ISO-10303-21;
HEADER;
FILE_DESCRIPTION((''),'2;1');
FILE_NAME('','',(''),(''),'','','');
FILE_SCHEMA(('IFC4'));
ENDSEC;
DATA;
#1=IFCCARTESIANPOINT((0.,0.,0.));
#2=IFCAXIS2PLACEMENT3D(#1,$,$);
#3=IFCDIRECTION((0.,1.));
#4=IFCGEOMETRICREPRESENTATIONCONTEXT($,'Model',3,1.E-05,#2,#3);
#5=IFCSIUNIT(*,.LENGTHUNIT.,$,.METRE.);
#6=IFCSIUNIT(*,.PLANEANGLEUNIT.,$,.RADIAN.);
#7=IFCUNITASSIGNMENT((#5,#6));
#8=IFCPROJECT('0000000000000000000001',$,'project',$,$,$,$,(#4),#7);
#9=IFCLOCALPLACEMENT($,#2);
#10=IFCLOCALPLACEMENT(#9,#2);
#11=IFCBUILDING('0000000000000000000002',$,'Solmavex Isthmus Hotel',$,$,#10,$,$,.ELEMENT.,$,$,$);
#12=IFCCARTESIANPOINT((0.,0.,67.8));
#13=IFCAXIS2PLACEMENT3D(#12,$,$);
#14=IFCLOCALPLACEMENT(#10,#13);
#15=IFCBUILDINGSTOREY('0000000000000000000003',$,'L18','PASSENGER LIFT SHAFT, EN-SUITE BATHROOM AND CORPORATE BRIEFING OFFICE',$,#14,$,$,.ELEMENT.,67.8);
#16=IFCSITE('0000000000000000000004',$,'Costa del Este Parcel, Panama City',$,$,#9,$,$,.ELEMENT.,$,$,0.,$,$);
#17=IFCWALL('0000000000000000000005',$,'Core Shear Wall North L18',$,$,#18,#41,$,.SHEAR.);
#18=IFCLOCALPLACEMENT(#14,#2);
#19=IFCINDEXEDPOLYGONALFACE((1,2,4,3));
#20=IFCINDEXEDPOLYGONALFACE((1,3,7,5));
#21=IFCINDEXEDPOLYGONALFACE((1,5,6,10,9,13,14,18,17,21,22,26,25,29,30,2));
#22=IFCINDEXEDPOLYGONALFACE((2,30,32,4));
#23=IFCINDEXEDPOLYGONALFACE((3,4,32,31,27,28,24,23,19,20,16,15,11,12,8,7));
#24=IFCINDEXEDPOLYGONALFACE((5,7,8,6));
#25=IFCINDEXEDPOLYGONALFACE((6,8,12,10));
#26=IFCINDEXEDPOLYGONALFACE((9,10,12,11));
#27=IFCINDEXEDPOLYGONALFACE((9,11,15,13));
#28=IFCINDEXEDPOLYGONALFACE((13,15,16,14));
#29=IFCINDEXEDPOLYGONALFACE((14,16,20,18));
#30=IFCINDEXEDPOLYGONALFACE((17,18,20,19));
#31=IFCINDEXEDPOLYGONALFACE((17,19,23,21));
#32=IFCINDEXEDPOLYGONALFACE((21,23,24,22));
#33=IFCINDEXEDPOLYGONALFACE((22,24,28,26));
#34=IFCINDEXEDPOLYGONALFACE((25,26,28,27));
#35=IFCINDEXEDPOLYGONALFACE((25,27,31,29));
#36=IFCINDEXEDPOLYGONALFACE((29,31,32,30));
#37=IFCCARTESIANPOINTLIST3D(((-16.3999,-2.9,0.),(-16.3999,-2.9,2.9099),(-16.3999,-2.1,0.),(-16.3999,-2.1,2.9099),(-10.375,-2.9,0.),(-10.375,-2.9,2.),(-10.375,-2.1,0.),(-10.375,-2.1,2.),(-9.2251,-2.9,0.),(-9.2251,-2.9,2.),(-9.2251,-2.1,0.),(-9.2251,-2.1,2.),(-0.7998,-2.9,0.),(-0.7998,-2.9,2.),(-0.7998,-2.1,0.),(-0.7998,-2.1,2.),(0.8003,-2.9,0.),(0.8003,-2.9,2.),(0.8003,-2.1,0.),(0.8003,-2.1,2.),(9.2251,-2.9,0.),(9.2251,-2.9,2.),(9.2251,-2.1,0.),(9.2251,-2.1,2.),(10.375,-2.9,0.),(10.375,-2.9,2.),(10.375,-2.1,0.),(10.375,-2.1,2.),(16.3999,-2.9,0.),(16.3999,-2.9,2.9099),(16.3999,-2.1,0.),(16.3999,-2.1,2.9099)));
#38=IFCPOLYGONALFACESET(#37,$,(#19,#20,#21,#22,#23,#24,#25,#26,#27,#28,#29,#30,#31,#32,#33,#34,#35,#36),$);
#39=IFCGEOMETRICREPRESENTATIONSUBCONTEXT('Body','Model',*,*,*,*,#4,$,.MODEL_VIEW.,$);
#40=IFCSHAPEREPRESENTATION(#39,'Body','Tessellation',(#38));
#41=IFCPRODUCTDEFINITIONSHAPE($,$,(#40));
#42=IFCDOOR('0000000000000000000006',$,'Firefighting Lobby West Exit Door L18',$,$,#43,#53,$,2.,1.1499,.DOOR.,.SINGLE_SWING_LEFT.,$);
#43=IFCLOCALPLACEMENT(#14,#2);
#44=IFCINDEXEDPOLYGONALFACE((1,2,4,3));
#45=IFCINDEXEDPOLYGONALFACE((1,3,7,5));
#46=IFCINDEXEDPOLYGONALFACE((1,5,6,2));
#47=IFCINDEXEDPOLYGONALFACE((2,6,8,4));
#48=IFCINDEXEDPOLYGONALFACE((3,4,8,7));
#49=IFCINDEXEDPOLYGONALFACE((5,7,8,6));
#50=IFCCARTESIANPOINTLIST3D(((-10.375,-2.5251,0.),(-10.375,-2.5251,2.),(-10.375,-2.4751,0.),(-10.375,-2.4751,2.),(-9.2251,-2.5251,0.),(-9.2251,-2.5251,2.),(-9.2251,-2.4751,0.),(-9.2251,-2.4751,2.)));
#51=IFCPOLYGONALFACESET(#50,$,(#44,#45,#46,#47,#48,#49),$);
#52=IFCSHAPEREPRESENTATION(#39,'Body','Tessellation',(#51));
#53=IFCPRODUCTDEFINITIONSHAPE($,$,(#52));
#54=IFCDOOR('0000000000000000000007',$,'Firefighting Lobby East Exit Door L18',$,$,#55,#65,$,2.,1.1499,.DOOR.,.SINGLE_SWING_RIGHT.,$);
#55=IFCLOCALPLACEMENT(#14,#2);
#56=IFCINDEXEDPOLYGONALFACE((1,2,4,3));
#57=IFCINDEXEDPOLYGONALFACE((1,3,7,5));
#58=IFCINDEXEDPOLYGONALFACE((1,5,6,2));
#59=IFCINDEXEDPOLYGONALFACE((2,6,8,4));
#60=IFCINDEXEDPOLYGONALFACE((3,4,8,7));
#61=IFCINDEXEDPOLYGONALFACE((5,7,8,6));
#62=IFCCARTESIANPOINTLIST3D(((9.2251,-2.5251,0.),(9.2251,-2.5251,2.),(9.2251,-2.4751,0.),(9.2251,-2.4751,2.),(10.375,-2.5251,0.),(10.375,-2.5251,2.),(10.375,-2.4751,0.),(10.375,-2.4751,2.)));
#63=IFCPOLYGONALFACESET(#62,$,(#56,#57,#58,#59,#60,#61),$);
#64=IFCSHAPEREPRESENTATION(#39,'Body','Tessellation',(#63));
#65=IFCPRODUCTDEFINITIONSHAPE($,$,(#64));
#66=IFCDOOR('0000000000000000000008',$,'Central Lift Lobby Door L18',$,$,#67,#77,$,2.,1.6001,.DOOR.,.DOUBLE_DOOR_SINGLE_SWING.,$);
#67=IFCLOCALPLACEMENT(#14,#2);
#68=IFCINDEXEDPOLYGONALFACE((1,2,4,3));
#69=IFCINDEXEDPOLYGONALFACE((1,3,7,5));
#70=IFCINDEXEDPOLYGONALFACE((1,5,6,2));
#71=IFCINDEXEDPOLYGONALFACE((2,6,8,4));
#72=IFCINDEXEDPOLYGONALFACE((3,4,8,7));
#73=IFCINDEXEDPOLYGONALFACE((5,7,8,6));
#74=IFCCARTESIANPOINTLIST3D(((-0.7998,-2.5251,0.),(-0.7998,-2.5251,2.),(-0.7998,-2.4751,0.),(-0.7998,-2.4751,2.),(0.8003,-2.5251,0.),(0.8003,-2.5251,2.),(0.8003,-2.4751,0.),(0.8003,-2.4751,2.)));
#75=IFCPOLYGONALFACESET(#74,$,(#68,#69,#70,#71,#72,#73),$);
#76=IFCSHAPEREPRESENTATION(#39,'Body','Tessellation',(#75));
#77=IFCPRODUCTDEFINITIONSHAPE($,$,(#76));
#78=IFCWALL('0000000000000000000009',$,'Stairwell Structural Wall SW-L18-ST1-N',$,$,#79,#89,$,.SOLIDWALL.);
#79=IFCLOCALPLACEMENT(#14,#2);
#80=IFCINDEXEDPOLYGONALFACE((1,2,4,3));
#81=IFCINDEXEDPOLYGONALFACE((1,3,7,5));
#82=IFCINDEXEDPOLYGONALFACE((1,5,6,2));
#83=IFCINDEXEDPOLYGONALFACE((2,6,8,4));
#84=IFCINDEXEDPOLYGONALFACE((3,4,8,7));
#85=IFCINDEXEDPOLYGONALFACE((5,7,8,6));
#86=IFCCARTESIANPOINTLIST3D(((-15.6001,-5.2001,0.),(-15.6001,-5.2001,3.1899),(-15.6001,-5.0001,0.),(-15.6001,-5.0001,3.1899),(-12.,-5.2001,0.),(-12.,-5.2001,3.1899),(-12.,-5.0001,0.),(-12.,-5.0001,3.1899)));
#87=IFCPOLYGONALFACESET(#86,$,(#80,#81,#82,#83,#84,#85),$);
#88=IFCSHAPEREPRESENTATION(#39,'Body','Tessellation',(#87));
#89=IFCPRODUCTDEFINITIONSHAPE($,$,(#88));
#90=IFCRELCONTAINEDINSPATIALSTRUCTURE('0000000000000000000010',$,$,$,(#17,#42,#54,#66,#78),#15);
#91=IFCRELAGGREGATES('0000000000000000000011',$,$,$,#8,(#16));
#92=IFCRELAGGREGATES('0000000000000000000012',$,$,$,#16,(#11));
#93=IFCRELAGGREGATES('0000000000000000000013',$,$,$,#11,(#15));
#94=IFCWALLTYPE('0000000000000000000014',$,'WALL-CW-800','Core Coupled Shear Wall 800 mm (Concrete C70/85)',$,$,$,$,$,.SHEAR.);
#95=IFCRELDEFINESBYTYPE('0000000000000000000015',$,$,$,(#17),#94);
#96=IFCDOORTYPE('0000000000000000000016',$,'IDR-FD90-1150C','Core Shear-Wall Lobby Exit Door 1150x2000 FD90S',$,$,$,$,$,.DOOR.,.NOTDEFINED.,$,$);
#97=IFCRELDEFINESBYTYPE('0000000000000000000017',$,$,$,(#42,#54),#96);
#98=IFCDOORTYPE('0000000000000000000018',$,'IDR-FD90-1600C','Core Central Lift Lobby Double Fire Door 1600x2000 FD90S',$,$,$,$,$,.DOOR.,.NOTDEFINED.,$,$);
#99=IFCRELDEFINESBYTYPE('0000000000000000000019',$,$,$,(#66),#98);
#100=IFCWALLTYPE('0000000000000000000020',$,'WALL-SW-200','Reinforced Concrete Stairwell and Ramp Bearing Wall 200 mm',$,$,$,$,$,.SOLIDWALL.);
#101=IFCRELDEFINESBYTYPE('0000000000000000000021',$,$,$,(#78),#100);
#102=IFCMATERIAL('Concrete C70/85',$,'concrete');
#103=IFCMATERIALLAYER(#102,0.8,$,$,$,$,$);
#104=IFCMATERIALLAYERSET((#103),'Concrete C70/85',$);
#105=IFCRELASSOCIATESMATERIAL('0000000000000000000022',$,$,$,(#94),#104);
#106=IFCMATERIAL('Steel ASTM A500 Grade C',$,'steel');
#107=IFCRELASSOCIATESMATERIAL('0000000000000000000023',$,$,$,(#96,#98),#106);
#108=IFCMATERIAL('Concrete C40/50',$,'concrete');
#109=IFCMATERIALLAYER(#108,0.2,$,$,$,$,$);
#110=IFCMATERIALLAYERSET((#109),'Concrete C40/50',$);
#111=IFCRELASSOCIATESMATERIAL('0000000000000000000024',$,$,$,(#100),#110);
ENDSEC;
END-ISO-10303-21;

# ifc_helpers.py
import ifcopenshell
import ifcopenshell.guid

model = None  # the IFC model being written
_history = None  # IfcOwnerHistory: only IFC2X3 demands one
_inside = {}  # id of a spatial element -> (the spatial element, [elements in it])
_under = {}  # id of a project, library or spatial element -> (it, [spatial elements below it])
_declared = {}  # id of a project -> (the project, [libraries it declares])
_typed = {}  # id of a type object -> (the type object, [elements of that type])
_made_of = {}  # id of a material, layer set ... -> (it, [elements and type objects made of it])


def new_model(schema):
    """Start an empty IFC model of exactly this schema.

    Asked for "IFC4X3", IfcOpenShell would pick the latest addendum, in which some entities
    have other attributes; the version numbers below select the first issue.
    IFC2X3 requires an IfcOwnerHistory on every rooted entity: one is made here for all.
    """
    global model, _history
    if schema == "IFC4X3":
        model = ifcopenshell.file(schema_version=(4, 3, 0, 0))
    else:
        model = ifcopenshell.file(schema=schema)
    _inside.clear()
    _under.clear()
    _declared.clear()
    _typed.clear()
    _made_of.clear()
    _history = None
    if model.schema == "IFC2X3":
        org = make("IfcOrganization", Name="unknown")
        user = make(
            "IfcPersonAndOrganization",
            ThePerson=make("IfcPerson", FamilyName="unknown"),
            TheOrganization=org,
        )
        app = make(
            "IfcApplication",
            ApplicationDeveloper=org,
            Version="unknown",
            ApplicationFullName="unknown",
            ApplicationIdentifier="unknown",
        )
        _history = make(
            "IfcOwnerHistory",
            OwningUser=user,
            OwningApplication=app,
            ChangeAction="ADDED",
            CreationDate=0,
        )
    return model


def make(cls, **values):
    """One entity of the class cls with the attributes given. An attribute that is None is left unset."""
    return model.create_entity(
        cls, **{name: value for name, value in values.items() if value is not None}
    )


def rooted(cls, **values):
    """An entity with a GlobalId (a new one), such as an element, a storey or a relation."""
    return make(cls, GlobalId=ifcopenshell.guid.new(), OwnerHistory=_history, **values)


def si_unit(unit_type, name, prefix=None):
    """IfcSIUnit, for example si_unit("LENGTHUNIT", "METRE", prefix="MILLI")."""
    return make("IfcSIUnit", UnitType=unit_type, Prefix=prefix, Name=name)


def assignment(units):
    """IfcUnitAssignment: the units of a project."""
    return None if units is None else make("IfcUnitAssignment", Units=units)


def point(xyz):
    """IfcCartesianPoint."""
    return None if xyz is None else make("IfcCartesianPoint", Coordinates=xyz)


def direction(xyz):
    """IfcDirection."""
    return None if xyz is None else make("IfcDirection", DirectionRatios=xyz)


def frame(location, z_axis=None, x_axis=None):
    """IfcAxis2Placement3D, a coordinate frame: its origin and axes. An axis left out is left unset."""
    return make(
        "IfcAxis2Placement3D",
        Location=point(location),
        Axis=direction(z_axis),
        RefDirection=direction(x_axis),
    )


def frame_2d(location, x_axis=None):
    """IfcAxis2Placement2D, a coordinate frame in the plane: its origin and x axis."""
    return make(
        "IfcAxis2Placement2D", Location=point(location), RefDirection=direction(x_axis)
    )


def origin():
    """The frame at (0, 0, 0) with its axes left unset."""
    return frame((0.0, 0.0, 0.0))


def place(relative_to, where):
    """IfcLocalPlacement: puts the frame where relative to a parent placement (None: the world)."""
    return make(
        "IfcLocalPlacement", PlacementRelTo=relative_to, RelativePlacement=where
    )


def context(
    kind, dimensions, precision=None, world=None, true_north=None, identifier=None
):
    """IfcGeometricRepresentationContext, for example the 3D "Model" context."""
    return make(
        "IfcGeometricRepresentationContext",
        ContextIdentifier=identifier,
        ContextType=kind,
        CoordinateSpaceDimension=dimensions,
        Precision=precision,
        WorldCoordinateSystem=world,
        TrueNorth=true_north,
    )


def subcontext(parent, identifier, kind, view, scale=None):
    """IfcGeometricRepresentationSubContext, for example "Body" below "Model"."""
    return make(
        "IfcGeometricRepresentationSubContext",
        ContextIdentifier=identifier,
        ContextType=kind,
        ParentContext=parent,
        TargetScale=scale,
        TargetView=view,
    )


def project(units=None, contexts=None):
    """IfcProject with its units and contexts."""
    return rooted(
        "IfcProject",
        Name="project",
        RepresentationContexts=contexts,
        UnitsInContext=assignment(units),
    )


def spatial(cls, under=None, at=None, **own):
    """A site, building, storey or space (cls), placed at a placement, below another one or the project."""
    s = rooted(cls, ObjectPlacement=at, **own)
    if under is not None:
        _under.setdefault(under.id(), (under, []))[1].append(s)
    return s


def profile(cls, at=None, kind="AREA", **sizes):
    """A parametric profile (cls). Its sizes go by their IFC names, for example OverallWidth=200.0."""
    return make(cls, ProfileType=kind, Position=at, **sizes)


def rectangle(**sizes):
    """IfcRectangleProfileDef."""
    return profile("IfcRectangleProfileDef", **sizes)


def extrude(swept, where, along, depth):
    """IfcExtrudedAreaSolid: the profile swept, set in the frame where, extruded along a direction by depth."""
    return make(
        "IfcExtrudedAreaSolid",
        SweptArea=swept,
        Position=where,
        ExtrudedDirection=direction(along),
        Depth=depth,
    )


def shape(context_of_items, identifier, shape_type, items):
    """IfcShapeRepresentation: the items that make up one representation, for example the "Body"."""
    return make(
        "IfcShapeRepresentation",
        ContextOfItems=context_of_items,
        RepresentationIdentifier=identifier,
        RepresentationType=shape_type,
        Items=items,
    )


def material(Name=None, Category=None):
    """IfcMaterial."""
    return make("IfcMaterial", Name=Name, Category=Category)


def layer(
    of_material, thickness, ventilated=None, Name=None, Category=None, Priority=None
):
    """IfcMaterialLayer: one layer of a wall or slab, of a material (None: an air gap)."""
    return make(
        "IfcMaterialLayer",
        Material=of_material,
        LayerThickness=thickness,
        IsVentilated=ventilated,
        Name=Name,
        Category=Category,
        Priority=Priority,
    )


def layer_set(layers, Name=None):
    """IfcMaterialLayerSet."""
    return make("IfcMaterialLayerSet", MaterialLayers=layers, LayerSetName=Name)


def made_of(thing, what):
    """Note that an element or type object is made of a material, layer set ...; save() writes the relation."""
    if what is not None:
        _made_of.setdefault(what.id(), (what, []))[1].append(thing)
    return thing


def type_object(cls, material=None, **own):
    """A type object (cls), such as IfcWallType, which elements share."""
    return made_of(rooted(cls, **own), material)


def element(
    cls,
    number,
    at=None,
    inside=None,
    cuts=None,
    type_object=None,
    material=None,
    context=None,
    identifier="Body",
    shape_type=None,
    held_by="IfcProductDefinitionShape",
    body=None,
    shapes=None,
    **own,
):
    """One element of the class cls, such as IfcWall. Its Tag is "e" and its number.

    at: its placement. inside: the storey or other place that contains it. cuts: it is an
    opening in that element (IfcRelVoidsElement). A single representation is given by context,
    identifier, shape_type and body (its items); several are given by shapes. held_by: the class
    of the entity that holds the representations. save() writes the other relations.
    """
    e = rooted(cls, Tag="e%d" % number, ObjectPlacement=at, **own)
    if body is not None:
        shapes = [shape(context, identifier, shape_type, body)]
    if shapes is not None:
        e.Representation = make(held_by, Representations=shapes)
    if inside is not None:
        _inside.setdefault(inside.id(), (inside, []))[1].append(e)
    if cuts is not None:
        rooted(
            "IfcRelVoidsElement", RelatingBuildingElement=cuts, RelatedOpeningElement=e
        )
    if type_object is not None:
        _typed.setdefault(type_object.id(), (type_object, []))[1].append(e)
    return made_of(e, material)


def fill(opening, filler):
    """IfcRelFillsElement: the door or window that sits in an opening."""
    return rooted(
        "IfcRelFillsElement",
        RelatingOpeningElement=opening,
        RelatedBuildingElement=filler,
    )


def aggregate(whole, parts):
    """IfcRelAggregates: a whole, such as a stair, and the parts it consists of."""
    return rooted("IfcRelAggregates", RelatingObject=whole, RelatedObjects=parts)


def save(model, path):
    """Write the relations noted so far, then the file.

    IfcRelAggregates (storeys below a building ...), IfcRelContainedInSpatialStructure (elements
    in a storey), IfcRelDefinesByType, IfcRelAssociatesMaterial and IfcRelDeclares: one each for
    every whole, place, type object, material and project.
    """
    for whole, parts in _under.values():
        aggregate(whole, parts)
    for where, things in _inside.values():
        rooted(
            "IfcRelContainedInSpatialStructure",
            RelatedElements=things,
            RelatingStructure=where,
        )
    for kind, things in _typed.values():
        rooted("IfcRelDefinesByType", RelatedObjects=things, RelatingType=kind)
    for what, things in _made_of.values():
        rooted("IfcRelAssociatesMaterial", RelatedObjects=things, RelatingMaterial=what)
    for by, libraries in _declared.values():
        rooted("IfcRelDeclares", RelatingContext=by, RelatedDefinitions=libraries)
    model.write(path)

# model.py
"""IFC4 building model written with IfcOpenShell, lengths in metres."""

from ifc_helpers import new_model, si_unit, direction, frame, frame_2d, origin, place, context, subcontext, project, spatial, rectangle, extrude, material, layer, layer_set, type_object, element, fill, save


model = new_model("IFC4")

# Units and contexts
model_context = context("Model", 3, precision=1e-05, world=origin(), true_north=direction((0.0, 1.0)))
body_context = subcontext(model_context, "Body", "Model", "MODEL_VIEW")
ifc_project = project(units=[si_unit("LENGTHUNIT", "METRE"), si_unit("PLANEANGLEUNIT", "RADIAN")], contexts=[model_context])

# Site, building, storey
site_placement = place(None, origin())
site = spatial("IfcSite", under=ifc_project, at=site_placement, Name="Costa del Este Parcel, Panama City", CompositionType="ELEMENT", RefElevation=0.0)
building_placement = place(site_placement, origin())
building = spatial("IfcBuilding", under=site, at=building_placement, Name="Solmavex Isthmus Hotel", CompositionType="ELEMENT")
storey_placement = place(building_placement, frame((0.0, 0.0, 67.8)))
storey = spatial("IfcBuildingStorey", under=building, at=storey_placement, Name="L18", Description="PASSENGER LIFT SHAFT, EN-SUITE BATHROOM AND CORPORATE BRIEFING OFFICE", CompositionType="ELEMENT", Elevation=67.8)

# Shared definitions
ifc_material_1 = material(Name="Concrete C70/85", Category="concrete")

# Shared definitions
ifc_material_2 = material(Name="Steel ASTM A500 Grade C", Category="steel")

# Wall, openings, doors
ifc_layer_1 = layer(ifc_material_1, 0.8)
ifc_layer_set_1 = layer_set([ifc_layer_1], Name="Concrete C70/85")
wall_type_1 = type_object("IfcWallType", Name="WALL-CW-800", Description="Core Coupled Shear Wall 800 mm (Concrete C70/85)", PredefinedType="SHEAR", material=ifc_layer_set_1)
wall_1_placement = place(storey_placement, frame((-16.3999, -2.5, 0.0), z_axis=(0.0, 0.0, 1.0), x_axis=(1.0, 0.0, 0.0)))
wall_1 = element("IfcWall", 1, at=wall_1_placement, inside=storey, type_object=wall_type_1, Name="Core Shear Wall North L18", PredefinedType="SHEAR", context=body_context, shape_type="SweptSolid", body=[
    extrude(rectangle(XDim=32.7998, YDim=0.8, at=frame_2d((16.3999, 0.0))), origin(), (0.0, 0.0, 1.0), 2.9099),
])
opening_1_placement = place(wall_1_placement, frame((6.0249, 0.0, 0.0)))
opening_1 = element("IfcOpeningElement", 2, at=opening_1_placement, cuts=wall_1, PredefinedType="OPENING", context=body_context, shape_type="SweptSolid", body=[
    extrude(rectangle(XDim=1.1499, YDim=2.0, at=frame_2d((0.575, 1.0))), frame((0.0, 0.4099, 0.0), z_axis=(0.0, -1.0, 0.0), x_axis=(1.0, 0.0, 0.0)), (0.0, 0.0, 1.0), 0.8201),
])
opening_2_placement = place(wall_1_placement, frame((15.6001, 0.0, 0.0)))
opening_2 = element("IfcOpeningElement", 3, at=opening_2_placement, cuts=wall_1, PredefinedType="OPENING", context=body_context, shape_type="SweptSolid", body=[
    extrude(rectangle(XDim=1.6001, YDim=2.0, at=frame_2d((0.8, 1.0))), frame((0.0, 0.4099, 0.0), z_axis=(0.0, -1.0, 0.0), x_axis=(1.0, 0.0, 0.0)), (0.0, 0.0, 1.0), 0.8201),
])
opening_3_placement = place(wall_1_placement, frame((25.625, 0.0, 0.0)))
opening_3 = element("IfcOpeningElement", 4, at=opening_3_placement, cuts=wall_1, PredefinedType="OPENING", context=body_context, shape_type="SweptSolid", body=[
    extrude(rectangle(XDim=1.1499, YDim=2.0, at=frame_2d((0.575, 1.0))), frame((0.0, 0.4099, 0.0), z_axis=(0.0, -1.0, 0.0), x_axis=(1.0, 0.0, 0.0)), (0.0, 0.0, 1.0), 0.8201),
])
door_type_1 = type_object("IfcDoorType", Name="IDR-FD90-1150C", Description="Core Shear-Wall Lobby Exit Door 1150x2000 FD90S", OperationType="NOTDEFINED", PredefinedType="DOOR", material=ifc_material_2)
door_1_placement = place(opening_1_placement, origin())
door_1 = element("IfcDoor", 5, at=door_1_placement, inside=storey, type_object=door_type_1, Name="Firefighting Lobby West Exit Door L18", OperationType="SINGLE_SWING_LEFT", OverallHeight=2.0, OverallWidth=1.1499, PredefinedType="DOOR", context=body_context, shape_type="SweptSolid", body=[
    extrude(rectangle(XDim=1.1499, YDim=2.0, at=frame_2d((0.575, 1.0))), frame((0.0, 0.0249, 0.0), z_axis=(0.0, -1.0, 0.0), x_axis=(1.0, 0.0, 0.0)), (0.0, 0.0, 1.0), 0.05),
])
fill(opening_1, door_1)
door_2_placement = place(opening_3_placement, origin())
door_2 = element("IfcDoor", 6, at=door_2_placement, inside=storey, type_object=door_type_1, Name="Firefighting Lobby East Exit Door L18", OperationType="SINGLE_SWING_RIGHT", OverallHeight=2.0, OverallWidth=1.1499, PredefinedType="DOOR", context=body_context, shape_type="SweptSolid", body=[
    extrude(rectangle(XDim=1.1499, YDim=2.0, at=frame_2d((0.575, 1.0))), frame((0.0, 0.0249, 0.0), z_axis=(0.0, -1.0, 0.0), x_axis=(1.0, 0.0, 0.0)), (0.0, 0.0, 1.0), 0.05),
])
fill(opening_3, door_2)
door_type_2 = type_object("IfcDoorType", Name="IDR-FD90-1600C", Description="Core Central Lift Lobby Double Fire Door 1600x2000 FD90S", OperationType="NOTDEFINED", PredefinedType="DOOR", material=ifc_material_2)
door_3_placement = place(opening_2_placement, origin())
door_3 = element("IfcDoor", 7, at=door_3_placement, inside=storey, type_object=door_type_2, Name="Central Lift Lobby Door L18", OperationType="DOUBLE_DOOR_SINGLE_SWING", OverallHeight=2.0, OverallWidth=1.6001, PredefinedType="DOOR", context=body_context, shape_type="SweptSolid", body=[
    extrude(rectangle(XDim=1.6001, YDim=2.0, at=frame_2d((0.8, 1.0))), frame((0.0, 0.0249, 0.0), z_axis=(0.0, -1.0, 0.0), x_axis=(1.0, 0.0, 0.0)), (0.0, 0.0, 1.0), 0.05),
])
fill(opening_2, door_3)

# Wall
ifc_material_3 = material(Name="Concrete C40/50", Category="concrete")
ifc_layer_2 = layer(ifc_material_3, 0.2)
ifc_layer_set_2 = layer_set([ifc_layer_2], Name="Concrete C40/50")
wall_type_2 = type_object("IfcWallType", Name="WALL-SW-200", Description="Reinforced Concrete Stairwell and Ramp Bearing Wall 200 mm", PredefinedType="SOLIDWALL", material=ifc_layer_set_2)
wall_2_placement = place(storey_placement, frame((-15.6001, -5.1001, 0.0), z_axis=(0.0, 0.0, 1.0), x_axis=(1.0, 0.0, 0.0)))
element("IfcWall", 8, at=wall_2_placement, inside=storey, type_object=wall_type_2, Name="Stairwell Structural Wall SW-L18-ST1-N", PredefinedType="SOLIDWALL", context=body_context, shape_type="SweptSolid", body=[
    extrude(rectangle(XDim=3.6001, YDim=0.2, at=frame_2d((1.8, 0.0))), origin(), (0.0, 0.0, 1.0), 3.1899),
])

save(model, "model.ifc")
